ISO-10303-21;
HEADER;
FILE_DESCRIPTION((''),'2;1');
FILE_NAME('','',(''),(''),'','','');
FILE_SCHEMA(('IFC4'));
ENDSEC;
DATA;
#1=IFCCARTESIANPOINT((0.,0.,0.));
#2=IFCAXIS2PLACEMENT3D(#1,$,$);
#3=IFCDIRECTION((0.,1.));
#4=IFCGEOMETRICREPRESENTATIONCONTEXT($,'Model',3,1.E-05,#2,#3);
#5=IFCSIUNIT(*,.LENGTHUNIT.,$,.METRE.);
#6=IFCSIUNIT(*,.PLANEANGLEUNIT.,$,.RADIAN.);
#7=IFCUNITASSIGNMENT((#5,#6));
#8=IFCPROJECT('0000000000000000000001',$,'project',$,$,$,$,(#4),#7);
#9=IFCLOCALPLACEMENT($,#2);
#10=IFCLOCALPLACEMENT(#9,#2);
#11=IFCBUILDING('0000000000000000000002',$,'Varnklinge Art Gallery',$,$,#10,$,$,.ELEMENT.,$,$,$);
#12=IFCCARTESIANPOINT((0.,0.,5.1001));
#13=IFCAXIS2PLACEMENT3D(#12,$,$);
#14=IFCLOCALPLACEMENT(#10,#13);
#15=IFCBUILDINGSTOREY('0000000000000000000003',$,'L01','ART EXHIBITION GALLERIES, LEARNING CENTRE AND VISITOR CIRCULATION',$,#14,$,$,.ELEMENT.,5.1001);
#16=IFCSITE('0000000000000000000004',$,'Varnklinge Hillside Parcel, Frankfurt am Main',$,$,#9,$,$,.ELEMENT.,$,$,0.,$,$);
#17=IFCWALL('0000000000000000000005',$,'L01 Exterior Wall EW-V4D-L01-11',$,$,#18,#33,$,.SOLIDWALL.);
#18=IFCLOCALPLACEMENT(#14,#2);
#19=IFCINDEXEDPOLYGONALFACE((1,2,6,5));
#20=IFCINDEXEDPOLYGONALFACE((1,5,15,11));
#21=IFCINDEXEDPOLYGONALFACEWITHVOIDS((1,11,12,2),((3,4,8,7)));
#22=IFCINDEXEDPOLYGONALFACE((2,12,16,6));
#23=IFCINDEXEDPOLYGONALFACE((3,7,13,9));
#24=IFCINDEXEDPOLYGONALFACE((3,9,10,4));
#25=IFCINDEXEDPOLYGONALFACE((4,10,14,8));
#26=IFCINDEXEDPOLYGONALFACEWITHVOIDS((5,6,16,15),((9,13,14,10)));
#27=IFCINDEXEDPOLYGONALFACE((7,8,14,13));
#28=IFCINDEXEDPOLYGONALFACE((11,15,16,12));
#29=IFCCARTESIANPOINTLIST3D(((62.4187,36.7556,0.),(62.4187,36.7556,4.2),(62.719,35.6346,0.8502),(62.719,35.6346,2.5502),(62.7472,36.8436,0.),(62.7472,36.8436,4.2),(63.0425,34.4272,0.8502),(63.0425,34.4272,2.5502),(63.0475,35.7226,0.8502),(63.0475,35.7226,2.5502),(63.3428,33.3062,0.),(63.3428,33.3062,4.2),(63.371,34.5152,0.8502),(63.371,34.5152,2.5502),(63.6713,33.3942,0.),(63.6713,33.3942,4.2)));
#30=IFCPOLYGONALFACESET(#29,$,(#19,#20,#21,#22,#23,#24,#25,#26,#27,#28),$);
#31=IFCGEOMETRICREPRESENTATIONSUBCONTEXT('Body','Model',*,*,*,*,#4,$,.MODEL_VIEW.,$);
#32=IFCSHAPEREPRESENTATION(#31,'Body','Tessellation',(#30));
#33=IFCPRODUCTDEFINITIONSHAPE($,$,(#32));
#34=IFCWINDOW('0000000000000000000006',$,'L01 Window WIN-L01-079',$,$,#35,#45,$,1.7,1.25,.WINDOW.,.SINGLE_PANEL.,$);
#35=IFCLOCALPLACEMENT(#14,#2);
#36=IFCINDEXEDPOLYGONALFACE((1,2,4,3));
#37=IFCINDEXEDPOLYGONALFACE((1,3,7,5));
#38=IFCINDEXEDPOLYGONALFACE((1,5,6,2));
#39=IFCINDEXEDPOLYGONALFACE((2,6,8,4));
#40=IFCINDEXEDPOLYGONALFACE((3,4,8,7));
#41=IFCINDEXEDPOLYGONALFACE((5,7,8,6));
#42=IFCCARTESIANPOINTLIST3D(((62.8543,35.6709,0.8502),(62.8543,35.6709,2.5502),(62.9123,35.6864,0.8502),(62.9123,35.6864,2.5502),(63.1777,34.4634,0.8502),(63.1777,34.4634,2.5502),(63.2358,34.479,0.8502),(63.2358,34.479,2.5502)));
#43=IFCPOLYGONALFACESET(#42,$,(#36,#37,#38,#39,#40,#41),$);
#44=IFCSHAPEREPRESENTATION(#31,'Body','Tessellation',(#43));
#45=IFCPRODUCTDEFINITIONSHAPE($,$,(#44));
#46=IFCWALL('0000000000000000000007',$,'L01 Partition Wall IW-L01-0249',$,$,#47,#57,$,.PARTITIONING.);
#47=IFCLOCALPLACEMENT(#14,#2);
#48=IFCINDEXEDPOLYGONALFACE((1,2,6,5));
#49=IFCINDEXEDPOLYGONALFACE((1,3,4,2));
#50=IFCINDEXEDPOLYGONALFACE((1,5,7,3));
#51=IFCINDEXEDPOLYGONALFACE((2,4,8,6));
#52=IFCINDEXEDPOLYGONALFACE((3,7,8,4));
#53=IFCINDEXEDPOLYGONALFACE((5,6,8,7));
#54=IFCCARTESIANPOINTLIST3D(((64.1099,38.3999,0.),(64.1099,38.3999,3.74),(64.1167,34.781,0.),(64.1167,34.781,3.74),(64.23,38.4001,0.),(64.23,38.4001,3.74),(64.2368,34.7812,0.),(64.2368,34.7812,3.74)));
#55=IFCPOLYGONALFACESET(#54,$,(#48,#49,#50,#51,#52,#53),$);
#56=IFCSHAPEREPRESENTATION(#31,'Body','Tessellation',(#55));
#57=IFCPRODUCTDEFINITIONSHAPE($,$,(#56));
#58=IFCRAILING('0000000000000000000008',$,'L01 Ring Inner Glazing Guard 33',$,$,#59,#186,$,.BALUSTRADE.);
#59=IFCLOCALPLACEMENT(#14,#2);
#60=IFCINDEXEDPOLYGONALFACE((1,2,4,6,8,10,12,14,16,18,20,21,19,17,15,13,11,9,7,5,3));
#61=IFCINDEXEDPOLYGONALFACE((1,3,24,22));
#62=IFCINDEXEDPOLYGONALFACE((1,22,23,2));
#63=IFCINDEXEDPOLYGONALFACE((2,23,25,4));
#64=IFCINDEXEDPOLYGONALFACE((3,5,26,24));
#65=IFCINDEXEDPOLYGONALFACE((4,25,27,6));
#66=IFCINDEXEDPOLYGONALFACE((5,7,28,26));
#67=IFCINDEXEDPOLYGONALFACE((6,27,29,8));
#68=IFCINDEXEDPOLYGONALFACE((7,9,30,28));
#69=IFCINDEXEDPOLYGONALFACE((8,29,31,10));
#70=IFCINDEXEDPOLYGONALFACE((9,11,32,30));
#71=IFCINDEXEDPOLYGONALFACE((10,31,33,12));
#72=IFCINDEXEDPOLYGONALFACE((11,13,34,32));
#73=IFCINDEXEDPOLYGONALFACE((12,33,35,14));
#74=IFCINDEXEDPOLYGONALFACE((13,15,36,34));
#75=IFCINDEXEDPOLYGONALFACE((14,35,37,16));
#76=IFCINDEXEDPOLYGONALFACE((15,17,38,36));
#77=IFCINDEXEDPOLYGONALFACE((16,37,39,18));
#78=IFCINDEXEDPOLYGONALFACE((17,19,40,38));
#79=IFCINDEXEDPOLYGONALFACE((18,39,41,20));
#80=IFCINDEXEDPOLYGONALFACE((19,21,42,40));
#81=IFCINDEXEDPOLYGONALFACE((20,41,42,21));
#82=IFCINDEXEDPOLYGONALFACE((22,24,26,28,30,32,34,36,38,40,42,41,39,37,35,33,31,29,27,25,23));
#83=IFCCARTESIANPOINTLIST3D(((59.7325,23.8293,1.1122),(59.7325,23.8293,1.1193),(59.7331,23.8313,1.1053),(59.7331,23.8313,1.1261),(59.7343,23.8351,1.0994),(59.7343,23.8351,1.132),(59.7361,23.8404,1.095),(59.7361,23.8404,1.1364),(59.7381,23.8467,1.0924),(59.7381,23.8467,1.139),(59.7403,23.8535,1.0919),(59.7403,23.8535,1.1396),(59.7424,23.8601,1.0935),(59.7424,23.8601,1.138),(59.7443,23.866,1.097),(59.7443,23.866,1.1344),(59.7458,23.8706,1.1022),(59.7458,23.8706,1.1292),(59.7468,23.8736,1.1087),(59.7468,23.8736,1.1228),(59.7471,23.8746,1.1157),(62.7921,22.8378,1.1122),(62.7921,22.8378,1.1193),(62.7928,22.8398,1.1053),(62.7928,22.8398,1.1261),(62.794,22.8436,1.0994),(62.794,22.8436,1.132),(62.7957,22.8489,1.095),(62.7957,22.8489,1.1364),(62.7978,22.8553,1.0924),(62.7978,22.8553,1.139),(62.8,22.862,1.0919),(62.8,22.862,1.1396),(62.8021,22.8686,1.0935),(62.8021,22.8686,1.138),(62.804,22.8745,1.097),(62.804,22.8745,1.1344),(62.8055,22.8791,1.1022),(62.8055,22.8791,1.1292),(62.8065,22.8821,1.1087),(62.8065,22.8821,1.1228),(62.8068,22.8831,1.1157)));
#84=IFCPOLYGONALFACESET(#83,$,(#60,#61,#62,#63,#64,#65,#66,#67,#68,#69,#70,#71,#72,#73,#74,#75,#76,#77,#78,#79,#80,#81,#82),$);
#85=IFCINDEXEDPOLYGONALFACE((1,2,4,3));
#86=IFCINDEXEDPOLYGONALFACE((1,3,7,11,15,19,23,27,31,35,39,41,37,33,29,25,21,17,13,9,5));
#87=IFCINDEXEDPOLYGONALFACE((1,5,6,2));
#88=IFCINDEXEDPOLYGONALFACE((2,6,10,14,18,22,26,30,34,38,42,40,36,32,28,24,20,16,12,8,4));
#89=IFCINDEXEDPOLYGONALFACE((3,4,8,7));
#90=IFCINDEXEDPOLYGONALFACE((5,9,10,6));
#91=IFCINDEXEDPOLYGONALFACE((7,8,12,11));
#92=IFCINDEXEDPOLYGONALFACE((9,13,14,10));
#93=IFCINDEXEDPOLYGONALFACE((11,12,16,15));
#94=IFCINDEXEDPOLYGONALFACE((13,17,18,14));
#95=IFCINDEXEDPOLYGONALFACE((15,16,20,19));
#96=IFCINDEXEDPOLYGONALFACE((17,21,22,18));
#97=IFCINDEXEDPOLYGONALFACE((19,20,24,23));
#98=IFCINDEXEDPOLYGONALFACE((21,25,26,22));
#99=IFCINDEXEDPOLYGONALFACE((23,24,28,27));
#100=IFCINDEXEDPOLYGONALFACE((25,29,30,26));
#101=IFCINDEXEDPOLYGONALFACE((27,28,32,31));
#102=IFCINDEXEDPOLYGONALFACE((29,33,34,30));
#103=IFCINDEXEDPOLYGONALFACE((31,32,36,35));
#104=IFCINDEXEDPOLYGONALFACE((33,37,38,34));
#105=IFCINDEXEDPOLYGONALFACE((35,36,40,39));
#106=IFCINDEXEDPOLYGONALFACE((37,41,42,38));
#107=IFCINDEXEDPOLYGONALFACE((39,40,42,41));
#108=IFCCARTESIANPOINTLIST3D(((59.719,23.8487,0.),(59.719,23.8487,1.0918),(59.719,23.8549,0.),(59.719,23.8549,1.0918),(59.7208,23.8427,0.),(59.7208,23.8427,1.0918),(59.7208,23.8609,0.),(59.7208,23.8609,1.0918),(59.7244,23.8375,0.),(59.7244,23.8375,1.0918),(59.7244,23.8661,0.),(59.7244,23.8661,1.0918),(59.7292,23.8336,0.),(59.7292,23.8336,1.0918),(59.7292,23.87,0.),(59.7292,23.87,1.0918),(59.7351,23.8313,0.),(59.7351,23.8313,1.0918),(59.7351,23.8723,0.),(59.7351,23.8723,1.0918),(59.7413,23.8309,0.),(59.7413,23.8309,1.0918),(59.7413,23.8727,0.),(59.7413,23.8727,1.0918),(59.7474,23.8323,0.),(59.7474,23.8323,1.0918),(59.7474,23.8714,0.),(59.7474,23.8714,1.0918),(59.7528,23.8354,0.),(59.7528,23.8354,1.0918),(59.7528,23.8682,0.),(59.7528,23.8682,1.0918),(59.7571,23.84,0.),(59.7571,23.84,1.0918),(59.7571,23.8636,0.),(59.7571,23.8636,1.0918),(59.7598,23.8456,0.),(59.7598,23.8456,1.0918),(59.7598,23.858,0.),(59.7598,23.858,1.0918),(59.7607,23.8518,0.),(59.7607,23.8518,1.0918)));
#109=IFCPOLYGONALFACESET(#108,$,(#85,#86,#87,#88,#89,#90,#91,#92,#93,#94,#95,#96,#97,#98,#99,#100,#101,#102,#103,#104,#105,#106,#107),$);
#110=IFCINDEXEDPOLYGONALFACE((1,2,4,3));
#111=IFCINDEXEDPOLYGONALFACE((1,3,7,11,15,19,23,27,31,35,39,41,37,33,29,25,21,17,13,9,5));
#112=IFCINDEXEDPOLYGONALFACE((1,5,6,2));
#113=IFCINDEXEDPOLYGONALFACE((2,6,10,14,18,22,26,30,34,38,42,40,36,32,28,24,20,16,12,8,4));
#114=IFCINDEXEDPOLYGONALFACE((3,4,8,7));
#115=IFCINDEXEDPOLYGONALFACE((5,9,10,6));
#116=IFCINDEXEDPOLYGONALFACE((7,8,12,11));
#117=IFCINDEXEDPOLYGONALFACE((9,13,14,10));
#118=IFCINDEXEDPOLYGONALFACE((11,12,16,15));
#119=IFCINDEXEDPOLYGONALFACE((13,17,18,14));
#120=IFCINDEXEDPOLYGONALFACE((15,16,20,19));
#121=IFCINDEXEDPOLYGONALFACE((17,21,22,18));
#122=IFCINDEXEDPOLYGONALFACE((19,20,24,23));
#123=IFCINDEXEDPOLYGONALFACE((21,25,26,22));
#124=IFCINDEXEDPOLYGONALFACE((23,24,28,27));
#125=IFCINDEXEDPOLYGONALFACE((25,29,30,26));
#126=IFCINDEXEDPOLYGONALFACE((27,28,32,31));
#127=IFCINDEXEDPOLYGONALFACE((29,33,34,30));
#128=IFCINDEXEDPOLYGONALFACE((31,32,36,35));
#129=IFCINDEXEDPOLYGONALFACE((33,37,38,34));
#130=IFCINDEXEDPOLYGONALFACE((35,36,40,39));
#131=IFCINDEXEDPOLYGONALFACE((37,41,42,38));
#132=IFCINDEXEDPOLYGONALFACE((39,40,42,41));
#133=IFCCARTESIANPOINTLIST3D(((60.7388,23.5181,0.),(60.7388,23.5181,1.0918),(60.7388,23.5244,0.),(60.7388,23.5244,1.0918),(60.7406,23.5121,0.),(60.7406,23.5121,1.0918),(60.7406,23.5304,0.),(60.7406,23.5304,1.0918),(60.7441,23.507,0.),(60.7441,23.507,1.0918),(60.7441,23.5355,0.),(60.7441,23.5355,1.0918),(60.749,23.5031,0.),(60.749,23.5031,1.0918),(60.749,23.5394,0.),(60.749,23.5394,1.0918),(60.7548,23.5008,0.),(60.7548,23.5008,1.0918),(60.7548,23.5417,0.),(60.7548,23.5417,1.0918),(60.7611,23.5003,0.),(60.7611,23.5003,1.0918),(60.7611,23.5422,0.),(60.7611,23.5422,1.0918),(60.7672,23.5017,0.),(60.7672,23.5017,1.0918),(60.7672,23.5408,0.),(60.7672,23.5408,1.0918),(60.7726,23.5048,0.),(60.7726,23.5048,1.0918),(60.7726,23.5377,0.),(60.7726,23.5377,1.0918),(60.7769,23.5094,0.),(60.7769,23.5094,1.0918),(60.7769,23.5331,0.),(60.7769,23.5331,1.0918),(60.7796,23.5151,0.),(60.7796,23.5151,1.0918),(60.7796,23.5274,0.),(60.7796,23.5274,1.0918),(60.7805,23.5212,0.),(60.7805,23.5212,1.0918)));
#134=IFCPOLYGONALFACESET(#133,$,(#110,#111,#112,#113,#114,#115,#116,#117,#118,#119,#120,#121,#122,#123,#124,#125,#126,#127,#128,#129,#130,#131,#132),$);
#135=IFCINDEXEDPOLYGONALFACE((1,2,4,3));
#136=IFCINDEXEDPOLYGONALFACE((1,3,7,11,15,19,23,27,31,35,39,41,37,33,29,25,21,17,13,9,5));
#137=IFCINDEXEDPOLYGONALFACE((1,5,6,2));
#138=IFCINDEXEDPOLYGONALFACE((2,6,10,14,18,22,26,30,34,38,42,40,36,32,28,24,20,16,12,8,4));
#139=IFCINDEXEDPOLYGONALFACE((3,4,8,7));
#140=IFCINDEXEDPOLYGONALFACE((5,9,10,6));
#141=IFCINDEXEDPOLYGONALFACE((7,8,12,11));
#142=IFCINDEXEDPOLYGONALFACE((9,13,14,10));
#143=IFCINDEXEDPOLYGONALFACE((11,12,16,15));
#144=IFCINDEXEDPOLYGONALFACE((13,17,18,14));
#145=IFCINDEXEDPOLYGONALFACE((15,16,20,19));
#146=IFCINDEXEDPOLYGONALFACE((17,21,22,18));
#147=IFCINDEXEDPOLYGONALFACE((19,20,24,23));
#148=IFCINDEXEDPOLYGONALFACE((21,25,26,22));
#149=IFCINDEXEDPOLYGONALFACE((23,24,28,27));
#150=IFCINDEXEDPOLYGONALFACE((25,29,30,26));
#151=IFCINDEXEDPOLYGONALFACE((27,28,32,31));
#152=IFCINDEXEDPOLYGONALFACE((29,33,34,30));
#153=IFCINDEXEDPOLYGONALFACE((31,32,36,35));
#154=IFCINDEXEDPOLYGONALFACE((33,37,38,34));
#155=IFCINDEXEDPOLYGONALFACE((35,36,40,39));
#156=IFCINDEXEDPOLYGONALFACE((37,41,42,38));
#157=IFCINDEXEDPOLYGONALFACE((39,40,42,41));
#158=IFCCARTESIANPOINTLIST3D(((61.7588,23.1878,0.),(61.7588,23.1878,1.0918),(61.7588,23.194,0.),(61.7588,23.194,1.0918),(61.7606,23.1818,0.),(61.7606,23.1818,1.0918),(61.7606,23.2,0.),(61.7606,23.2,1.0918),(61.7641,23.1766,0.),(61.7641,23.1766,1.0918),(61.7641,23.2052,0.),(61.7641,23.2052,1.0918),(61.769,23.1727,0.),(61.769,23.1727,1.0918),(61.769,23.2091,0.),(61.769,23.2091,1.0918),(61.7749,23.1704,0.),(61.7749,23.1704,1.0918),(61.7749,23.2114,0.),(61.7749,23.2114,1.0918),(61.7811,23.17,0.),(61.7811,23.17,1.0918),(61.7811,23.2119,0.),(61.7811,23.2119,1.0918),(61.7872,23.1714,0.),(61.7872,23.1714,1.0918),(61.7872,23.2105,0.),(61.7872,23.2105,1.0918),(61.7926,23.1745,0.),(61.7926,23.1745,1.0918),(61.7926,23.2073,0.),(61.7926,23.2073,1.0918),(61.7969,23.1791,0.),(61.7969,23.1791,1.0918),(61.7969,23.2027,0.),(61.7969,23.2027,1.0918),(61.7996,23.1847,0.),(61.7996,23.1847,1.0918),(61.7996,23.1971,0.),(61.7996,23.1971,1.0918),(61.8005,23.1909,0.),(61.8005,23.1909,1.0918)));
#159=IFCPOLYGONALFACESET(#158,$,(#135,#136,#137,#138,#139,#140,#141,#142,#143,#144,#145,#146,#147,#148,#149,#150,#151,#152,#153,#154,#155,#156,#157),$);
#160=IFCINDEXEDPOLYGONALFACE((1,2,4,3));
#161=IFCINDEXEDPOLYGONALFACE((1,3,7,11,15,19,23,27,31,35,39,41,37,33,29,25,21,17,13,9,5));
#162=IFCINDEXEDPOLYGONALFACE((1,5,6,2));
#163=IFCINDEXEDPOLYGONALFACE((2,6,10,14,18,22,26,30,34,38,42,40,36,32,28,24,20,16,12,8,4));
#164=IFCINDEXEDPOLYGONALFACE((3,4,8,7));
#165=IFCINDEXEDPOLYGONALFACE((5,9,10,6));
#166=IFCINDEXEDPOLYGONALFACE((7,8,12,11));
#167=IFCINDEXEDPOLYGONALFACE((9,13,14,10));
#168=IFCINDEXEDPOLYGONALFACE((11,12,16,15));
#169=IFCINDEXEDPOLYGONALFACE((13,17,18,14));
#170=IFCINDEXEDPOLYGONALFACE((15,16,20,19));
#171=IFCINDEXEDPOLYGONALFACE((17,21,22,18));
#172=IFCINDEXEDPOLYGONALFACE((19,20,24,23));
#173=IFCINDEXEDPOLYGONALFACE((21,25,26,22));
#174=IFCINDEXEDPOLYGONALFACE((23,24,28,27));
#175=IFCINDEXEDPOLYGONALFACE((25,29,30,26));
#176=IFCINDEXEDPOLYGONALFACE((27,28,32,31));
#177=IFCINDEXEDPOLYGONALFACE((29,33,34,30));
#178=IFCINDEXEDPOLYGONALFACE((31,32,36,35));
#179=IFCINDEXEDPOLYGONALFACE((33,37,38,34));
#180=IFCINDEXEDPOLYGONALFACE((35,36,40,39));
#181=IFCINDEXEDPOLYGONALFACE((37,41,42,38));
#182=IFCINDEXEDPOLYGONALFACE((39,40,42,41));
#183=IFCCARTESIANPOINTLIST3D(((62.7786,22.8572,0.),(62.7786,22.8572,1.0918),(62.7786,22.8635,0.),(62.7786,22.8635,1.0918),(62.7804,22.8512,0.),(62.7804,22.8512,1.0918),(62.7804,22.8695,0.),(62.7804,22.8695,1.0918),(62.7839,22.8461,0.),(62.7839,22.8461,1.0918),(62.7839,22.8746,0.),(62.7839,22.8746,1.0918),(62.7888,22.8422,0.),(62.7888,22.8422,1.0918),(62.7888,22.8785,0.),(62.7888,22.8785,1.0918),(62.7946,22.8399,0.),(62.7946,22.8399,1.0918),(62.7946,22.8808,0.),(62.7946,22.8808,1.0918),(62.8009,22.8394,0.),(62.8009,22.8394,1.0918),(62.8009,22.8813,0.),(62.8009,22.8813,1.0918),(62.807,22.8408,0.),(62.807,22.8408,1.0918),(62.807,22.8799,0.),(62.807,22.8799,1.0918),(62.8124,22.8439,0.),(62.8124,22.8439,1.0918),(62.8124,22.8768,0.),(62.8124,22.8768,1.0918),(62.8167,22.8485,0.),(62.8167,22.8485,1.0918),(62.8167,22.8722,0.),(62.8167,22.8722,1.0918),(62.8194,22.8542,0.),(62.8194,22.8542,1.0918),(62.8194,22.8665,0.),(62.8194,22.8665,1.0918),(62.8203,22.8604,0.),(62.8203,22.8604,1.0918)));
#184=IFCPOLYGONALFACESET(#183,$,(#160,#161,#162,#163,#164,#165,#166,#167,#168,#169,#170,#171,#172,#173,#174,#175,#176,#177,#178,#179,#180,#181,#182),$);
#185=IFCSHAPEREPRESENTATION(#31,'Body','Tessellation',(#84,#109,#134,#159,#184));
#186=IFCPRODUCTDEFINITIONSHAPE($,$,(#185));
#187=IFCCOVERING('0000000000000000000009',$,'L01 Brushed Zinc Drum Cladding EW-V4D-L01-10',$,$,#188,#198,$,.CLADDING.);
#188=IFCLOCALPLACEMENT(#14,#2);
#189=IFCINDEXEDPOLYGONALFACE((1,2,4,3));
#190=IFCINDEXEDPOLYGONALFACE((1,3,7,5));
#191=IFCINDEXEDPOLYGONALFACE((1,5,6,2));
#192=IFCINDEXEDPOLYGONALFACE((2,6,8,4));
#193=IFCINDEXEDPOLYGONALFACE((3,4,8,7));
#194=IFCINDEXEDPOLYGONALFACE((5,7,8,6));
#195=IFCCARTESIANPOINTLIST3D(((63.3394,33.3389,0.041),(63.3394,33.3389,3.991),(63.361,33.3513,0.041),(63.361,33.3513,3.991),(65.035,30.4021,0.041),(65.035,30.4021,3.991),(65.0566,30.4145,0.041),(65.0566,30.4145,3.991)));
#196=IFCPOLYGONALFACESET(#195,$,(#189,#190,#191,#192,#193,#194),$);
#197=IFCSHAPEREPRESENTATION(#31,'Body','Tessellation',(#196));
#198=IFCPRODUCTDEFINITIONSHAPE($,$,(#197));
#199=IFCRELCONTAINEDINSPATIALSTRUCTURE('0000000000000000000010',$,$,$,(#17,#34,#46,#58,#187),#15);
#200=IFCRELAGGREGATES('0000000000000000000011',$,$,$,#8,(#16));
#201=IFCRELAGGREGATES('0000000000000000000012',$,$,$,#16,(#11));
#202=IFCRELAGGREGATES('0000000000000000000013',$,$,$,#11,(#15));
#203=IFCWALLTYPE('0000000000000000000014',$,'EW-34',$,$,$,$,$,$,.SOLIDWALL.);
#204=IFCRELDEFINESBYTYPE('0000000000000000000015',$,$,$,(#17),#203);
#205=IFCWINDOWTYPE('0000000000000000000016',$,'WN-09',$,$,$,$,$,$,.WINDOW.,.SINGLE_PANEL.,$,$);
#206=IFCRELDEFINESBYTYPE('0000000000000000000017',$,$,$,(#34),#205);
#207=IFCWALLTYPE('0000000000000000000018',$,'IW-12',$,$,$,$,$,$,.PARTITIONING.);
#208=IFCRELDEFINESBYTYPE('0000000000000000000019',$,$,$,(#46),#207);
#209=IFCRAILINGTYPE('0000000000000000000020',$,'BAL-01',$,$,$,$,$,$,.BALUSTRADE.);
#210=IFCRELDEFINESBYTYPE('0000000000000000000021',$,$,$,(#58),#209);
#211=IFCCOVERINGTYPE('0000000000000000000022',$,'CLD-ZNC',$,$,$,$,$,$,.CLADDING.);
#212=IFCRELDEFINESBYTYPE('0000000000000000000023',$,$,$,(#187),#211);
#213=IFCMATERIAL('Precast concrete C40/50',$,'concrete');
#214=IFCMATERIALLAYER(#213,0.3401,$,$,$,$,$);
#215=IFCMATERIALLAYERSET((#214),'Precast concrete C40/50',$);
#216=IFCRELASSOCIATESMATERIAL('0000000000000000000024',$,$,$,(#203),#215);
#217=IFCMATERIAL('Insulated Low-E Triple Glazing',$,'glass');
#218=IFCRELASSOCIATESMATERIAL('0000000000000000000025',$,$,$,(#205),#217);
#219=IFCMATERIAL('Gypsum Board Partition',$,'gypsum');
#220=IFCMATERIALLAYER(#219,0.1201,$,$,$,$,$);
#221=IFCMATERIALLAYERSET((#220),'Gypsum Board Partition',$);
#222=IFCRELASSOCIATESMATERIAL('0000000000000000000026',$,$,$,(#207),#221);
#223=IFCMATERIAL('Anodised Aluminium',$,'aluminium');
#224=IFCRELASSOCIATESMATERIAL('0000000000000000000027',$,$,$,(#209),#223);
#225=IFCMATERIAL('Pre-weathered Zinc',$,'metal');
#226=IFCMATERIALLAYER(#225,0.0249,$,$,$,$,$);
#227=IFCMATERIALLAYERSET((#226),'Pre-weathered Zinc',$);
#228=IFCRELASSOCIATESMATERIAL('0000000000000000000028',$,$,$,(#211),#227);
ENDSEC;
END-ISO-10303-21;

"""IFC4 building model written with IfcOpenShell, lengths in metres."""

from ifc_helpers import new_model, si_unit, direction, frame, frame_2d, origin, origin_2d, place, context, subcontext, project, spatial, rectangle, circle, extrude, material, layer, layer_set, type_object, element, fill, save


model = new_model("IFC4")

# Units and contexts
model_context = context("Model", 3, precision=1e-05, world=origin(), true_north=direction((0.0, 1.0)))
body_context = subcontext(model_context, "Body", "Model", "MODEL_VIEW")
ifc_project = project(units=[si_unit("LENGTHUNIT", "METRE"), si_unit("PLANEANGLEUNIT", "RADIAN")], contexts=[model_context])

# Site, building, storey
site_placement = place(None, origin())
site = spatial("IfcSite", under=ifc_project, at=site_placement, Name="Varnklinge Hillside Parcel, Frankfurt am Main", CompositionType="ELEMENT", RefElevation=0.0)
building_placement = place(site_placement, origin())
building = spatial("IfcBuilding", under=site, at=building_placement, Name="Varnklinge Art Gallery", CompositionType="ELEMENT")
storey_placement = place(building_placement, frame((0.0, 0.0, 5.1001)))
storey = spatial("IfcBuildingStorey", under=building, at=storey_placement, Name="L01", Description="ART EXHIBITION GALLERIES, LEARNING CENTRE AND VISITOR CIRCULATION", CompositionType="ELEMENT", Elevation=5.1001)

# Shared definitions
ifc_material_1 = material(Name="Precast concrete C40/50", Category="concrete")
ifc_layer_1 = layer(ifc_material_1, 0.3401)
ifc_layer_set_1 = layer_set([ifc_layer_1], Name="Precast concrete C40/50")
wall_type_1 = type_object("IfcWallType", Name="EW-34", PredefinedType="SOLIDWALL", material=ifc_layer_set_1)

# Wall, opening, window
wall_1_placement = place(storey_placement, frame((63.5071, 33.3501, 0.0), z_axis=(0.0, 0.0, 1.0), x_axis=(-0.258765, 0.96594, 0.0)))
wall_1 = element("IfcWall", 1, at=wall_1_placement, inside=storey, type_object=wall_type_1, Name="L01 Exterior Wall EW-V4D-L01-11", PredefinedType="SOLIDWALL", context=body_context, shape_type="SweptSolid", body=[
    extrude(rectangle(XDim=3.571, YDim=0.3401, at=frame_2d((1.7856, 0.0))), origin(), (0.0, 0.0, 1.0), 4.2),
])
opening_placement = place(wall_1_placement, frame((1.1606, 0.0, 0.8501)))
opening = element("IfcOpeningElement", 2, at=opening_placement, cuts=wall_1, PredefinedType="OPENING", context=body_context, shape_type="SweptSolid", body=[
    extrude(rectangle(XDim=1.25, YDim=1.7, at=frame_2d((0.625, 0.8501))), frame((0.0, 0.1799, 0.0), z_axis=(0.0, -1.0, 0.0), x_axis=(1.0, 0.0, 0.0)), (0.0, 0.0, 1.0), 0.3601),
])
ifc_material_2 = material(Name="Insulated Low-E Triple Glazing", Category="glass")
window_type = type_object("IfcWindowType", Name="WN-09", PartitioningType="SINGLE_PANEL", PredefinedType="WINDOW", material=ifc_material_2)
window_placement = place(opening_placement, origin())
window = element("IfcWindow", 3, at=window_placement, inside=storey, type_object=window_type, Name="L01 Window WIN-L01-079", OverallHeight=1.7, OverallWidth=1.25, PartitioningType="SINGLE_PANEL", PredefinedType="WINDOW", context=body_context, shape_type="SweptSolid", body=[
    extrude(rectangle(XDim=1.25, YDim=1.7, at=frame_2d((0.625, 0.8501))), frame((0.0, 0.03, 0.0), z_axis=(0.0, -1.0, 0.0), x_axis=(1.0, 0.0, 0.0)), (0.0, 0.0, 1.0), 0.0601),
])
fill(opening, window)

# Wall
ifc_material_3 = material(Name="Gypsum Board Partition", Category="gypsum")
ifc_layer_2 = layer(ifc_material_3, 0.1201)
ifc_layer_set_2 = layer_set([ifc_layer_2], Name="Gypsum Board Partition")
wall_type_2 = type_object("IfcWallType", Name="IW-12", PredefinedType="PARTITIONING", material=ifc_layer_set_2)
wall_2_placement = place(storey_placement, frame((64.1768, 34.781, 0.0), z_axis=(0.0, 0.0, 1.0), x_axis=(-0.001889, 0.999998, 0.0)))
element("IfcWall", 4, at=wall_2_placement, inside=storey, type_object=wall_type_2, Name="L01 Partition Wall IW-L01-0249", PredefinedType="PARTITIONING", context=body_context, shape_type="SweptSolid", body=[
    extrude(rectangle(XDim=3.6189, YDim=0.1201, at=frame_2d((1.8096, 0.0))), origin(), (0.0, 0.0, 1.0), 3.74),
])

# Railing
ifc_material_4 = material(Name="Anodised Aluminium", Category="aluminium")
railing_type = type_object("IfcRailingType", Name="BAL-01", PredefinedType="BALUSTRADE", material=ifc_material_4)
railing_placement = place(storey_placement, frame((59.7397, 23.8518, 0.0)))
element("IfcRailing", 5, at=railing_placement, inside=storey, type_object=railing_type, Name="L01 Ring Inner Glazing Guard 33", PredefinedType="BALUSTRADE", context=body_context, shape_type="SweptSolid", body=[
    extrude(circle(Radius=0.0239, at=origin_2d()), frame((0.0, 0.0, 1.1157), z_axis=(0.951299, -0.308269, 0.0), x_axis=(0.308269, 0.951299, 0.0)), (0.0, 0.0, 1.0), 3.2163),
    extrude(circle(Radius=0.021, at=origin_2d()), origin(), (0.0, 0.0, 1.0), 1.0918),
    extrude(circle(Radius=0.021, at=origin_2d()), frame((1.0198, -0.3306, 0.0)), (0.0, 0.0, 1.0), 1.0918),
    extrude(circle(Radius=0.021, at=origin_2d()), frame((2.0398, -0.6609, 0.0)), (0.0, 0.0, 1.0), 1.0918),
    extrude(circle(Radius=0.021, at=origin_2d()), frame((3.0596, -0.9915, 0.0)), (0.0, 0.0, 1.0), 1.0918),
])

# Covering
ifc_material_5 = material(Name="Pre-weathered Zinc", Category="metal")
ifc_layer_3 = layer(ifc_material_5, 0.0249)
ifc_layer_set_3 = layer_set([ifc_layer_3], Name="Pre-weathered Zinc")
covering_type = type_object("IfcCoveringType", Name="CLD-ZNC", PredefinedType="CLADDING", material=ifc_layer_set_3)
covering_placement = place(storey_placement, frame((64.198, 31.8767, 0.041), z_axis=(0.0, 0.0, 1.0), x_axis=(-0.5, 0.866025, 0.0)))
element("IfcCovering", 6, at=covering_placement, inside=storey, type_object=covering_type, Name="L01 Brushed Zinc Drum Cladding EW-V4D-L01-10", PredefinedType="CLADDING", context=body_context, shape_type="SweptSolid", body=[
    extrude(rectangle(XDim=3.3911, YDim=0.0249, at=origin_2d()), origin(), (0.0, 0.0, 1.0), 3.95),
])

save(model, "model.ifc")
